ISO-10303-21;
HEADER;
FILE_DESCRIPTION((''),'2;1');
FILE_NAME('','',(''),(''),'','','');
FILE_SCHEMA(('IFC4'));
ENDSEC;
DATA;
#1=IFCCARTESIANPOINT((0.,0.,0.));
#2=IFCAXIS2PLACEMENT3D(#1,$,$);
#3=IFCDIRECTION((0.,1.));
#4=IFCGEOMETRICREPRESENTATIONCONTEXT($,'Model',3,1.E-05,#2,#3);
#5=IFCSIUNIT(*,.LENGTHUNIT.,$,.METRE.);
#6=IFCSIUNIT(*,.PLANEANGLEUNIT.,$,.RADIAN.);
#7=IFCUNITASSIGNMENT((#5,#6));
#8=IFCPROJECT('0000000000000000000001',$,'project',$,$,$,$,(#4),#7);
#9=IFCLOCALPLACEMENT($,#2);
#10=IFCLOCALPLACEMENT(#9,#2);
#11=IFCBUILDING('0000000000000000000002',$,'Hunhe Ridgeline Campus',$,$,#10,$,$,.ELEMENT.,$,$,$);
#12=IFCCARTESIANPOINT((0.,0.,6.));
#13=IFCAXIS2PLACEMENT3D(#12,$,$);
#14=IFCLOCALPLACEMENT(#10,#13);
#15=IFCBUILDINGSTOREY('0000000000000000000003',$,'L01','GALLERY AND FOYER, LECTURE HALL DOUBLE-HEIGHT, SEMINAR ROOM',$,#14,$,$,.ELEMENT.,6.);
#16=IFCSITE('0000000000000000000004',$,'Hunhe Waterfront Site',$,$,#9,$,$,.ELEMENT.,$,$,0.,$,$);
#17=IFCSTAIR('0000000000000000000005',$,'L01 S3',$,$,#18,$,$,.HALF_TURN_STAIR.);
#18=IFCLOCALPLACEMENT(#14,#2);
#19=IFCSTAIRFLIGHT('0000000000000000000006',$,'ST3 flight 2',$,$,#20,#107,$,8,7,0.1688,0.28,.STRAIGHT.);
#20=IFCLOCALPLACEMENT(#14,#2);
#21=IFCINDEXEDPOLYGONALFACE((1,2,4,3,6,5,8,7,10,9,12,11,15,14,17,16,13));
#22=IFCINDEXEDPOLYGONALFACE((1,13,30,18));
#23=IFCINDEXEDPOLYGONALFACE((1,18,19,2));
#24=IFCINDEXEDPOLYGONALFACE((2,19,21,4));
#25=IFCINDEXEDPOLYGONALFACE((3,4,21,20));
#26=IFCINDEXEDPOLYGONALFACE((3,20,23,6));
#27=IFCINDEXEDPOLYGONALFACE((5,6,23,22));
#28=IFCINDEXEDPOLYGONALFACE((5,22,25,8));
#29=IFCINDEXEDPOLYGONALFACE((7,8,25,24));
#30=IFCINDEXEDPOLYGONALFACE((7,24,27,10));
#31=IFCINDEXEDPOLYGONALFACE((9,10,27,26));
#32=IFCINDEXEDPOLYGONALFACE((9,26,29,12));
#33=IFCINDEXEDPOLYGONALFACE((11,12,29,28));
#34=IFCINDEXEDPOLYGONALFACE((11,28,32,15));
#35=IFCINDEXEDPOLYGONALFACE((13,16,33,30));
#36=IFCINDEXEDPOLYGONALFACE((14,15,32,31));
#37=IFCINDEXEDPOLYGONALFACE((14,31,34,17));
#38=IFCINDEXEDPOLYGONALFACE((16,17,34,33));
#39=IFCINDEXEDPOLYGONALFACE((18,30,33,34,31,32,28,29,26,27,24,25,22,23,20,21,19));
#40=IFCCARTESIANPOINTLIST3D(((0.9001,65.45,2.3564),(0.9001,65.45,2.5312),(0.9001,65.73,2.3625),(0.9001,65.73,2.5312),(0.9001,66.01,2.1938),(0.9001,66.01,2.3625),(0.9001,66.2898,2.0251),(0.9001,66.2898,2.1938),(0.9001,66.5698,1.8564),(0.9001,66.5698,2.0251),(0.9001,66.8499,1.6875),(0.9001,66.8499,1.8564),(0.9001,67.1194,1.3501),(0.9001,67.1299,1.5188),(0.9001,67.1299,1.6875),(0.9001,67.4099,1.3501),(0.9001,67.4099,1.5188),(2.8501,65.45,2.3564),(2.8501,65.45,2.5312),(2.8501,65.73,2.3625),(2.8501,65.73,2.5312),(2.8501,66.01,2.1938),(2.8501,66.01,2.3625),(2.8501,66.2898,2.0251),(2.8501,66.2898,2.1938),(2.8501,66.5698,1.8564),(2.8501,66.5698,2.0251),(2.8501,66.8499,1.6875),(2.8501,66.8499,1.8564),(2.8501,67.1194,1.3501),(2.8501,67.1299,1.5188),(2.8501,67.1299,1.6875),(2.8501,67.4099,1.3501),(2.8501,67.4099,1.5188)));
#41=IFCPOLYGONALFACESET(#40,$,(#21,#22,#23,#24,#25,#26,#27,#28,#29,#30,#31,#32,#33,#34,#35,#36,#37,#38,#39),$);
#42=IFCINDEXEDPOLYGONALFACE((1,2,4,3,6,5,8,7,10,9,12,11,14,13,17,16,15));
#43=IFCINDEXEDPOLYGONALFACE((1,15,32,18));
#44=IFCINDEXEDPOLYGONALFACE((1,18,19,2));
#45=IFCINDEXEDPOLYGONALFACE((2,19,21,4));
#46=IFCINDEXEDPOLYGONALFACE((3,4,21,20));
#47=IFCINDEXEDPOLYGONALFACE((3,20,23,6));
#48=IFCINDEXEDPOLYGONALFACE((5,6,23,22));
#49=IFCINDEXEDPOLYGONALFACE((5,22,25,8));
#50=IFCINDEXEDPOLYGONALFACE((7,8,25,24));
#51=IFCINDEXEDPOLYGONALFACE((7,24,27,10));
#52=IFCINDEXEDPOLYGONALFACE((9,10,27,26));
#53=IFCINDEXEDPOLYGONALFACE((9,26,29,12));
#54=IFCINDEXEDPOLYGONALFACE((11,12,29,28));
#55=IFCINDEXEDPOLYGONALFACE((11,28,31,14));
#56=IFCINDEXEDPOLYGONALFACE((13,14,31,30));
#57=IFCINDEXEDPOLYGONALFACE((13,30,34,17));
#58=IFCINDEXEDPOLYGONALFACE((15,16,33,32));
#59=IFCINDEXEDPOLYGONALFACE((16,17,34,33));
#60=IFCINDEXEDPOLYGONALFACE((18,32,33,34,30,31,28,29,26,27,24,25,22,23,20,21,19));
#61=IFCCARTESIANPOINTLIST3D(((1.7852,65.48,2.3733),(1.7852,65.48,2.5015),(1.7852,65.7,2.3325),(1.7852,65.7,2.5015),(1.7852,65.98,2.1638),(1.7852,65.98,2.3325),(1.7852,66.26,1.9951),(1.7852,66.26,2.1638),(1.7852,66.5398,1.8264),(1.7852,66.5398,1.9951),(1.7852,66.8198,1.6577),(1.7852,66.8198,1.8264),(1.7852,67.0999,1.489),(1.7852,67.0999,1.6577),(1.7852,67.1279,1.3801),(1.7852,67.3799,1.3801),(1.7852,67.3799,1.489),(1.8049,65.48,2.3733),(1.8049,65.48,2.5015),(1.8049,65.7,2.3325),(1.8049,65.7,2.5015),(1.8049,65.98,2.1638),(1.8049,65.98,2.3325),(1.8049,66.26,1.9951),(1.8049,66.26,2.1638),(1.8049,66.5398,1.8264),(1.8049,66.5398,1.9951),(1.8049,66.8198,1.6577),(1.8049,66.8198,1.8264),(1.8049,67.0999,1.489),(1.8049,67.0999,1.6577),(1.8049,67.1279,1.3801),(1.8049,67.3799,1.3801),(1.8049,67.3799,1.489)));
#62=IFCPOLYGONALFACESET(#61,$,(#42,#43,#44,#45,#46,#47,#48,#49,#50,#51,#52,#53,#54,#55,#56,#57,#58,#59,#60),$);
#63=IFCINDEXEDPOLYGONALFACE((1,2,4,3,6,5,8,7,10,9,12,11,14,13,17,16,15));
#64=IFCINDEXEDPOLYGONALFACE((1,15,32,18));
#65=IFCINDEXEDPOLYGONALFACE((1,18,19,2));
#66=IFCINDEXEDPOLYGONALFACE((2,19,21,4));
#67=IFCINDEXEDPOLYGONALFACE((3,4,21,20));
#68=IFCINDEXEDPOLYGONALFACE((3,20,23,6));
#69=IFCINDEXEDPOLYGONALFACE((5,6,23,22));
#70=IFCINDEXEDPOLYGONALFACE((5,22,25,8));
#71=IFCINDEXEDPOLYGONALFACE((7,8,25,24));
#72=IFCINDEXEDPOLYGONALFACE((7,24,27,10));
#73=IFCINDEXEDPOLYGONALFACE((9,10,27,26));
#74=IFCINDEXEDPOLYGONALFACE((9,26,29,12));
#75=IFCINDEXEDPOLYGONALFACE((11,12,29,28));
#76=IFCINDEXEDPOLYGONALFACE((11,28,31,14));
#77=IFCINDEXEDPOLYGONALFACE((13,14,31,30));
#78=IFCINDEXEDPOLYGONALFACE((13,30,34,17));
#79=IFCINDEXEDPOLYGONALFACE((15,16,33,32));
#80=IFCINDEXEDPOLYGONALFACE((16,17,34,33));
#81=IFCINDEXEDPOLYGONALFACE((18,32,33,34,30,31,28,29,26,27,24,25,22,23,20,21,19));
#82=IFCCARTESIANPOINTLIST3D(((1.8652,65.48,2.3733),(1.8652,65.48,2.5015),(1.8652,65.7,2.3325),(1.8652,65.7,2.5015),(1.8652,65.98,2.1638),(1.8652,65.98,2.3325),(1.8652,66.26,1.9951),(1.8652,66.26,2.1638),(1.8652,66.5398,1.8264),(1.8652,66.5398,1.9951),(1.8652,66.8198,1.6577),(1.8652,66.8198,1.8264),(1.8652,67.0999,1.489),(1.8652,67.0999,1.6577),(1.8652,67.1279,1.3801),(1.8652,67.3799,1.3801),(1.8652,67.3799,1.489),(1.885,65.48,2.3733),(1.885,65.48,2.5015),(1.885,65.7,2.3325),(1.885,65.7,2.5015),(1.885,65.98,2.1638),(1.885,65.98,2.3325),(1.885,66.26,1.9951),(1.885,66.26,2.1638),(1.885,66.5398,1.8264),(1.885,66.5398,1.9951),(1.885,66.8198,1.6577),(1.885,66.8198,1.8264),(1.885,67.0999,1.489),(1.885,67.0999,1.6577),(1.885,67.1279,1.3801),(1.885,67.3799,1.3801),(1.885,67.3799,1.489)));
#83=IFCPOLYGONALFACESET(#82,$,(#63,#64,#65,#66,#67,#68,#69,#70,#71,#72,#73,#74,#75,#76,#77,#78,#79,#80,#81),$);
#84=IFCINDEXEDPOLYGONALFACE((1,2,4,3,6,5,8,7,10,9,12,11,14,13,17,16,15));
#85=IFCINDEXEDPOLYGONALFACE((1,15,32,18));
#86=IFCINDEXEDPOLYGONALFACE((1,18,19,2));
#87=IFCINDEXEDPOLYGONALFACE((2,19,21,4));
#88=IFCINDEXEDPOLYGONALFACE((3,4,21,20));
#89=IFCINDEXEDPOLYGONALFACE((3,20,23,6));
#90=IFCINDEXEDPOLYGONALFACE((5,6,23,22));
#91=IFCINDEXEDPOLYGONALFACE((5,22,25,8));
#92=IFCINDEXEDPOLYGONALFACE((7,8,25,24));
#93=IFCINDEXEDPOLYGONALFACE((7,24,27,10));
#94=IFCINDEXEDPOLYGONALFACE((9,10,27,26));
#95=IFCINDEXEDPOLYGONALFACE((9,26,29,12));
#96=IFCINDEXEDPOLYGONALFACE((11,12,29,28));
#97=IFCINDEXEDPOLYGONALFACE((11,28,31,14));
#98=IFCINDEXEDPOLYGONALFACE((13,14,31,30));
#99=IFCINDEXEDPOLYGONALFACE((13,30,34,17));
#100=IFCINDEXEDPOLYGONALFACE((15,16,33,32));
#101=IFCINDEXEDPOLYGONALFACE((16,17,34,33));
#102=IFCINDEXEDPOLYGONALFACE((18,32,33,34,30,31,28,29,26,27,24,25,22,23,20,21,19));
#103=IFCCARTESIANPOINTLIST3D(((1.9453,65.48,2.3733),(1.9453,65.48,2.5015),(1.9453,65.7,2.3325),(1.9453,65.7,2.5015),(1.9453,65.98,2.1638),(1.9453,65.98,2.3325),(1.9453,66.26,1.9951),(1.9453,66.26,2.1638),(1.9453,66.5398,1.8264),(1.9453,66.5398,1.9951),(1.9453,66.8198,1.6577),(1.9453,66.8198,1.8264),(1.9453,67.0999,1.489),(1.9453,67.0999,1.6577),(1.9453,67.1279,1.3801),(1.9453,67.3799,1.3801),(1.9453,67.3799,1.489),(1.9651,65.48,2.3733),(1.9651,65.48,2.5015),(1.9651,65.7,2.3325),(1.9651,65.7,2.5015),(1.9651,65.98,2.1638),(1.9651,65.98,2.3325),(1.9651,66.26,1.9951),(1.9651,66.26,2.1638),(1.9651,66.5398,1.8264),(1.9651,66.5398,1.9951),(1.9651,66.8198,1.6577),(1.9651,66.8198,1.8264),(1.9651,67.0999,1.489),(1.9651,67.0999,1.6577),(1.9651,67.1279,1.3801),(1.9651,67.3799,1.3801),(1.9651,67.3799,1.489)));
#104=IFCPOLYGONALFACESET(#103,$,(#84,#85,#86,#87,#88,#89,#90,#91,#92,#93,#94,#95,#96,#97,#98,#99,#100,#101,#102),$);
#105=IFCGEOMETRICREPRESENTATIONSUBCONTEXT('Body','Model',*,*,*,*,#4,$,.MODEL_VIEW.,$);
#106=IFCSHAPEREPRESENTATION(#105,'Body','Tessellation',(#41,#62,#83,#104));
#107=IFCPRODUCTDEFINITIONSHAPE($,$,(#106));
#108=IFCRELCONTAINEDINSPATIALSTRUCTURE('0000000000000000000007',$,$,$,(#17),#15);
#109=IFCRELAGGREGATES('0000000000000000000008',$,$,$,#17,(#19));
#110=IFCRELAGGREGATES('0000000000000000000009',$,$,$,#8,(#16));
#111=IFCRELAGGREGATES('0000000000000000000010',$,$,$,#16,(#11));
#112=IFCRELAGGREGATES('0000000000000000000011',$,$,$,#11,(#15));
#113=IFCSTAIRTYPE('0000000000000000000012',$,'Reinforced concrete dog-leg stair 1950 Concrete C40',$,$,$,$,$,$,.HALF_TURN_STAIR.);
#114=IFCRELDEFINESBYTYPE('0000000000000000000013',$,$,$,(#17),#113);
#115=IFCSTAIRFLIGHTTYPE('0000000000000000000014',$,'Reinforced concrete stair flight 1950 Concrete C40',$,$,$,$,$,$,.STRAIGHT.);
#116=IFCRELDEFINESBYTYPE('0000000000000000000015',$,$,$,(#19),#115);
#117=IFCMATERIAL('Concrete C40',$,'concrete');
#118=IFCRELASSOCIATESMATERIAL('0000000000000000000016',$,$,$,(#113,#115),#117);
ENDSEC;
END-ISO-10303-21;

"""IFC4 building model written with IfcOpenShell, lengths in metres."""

from ifc_helpers import new_model, si_unit, direction, frame, origin, place, context, subcontext, project, spatial, polyline, outline, extrude, material, type_object, element, aggregate, save


model = new_model("IFC4")

# Units and contexts
model_context = context("Model", 3, precision=1e-05, world=origin(), true_north=direction((0.0, 1.0)))
body_context = subcontext(model_context, "Body", "Model", "MODEL_VIEW")
ifc_project = project(units=[si_unit("LENGTHUNIT", "METRE"), si_unit("PLANEANGLEUNIT", "RADIAN")], contexts=[model_context])

# Site, building, storey
site_placement = place(None, origin())
site = spatial("IfcSite", under=ifc_project, at=site_placement, Name="Hunhe Waterfront Site", CompositionType="ELEMENT", RefElevation=0.0)
building_placement = place(site_placement, origin())
building = spatial("IfcBuilding", under=site, at=building_placement, Name="Hunhe Ridgeline Campus", CompositionType="ELEMENT")
storey_placement = place(building_placement, frame((0.0, 0.0, 6.0)))
storey = spatial("IfcBuildingStorey", under=building, at=storey_placement, Name="L01", Description="GALLERY AND FOYER, LECTURE HALL DOUBLE-HEIGHT, SEMINAR ROOM", CompositionType="ELEMENT", Elevation=6.0)

# Stair, stair flight
ifc_material_1 = material(Name="Concrete C40", Category="concrete")
stair_type = type_object("IfcStairType", Name="Reinforced concrete dog-leg stair 1950 Concrete C40", PredefinedType="HALF_TURN_STAIR", material=ifc_material_1)
stair_1_placement = place(storey_placement, origin())
stair_1 = element("IfcStair", 1, at=stair_1_placement, inside=storey, type_object=stair_type, Name="L01 S3", PredefinedType="HALF_TURN_STAIR")
stair_flight_type = type_object("IfcStairFlightType", Name="Reinforced concrete stair flight 1950 Concrete C40", PredefinedType="STRAIGHT", material=ifc_material_1)
stair_flight_1_placement = place(storey_placement, frame((1.875, 67.4099, 1.3501), z_axis=(0.0, 0.0, 1.0), x_axis=(0.0, -1.0, 0.0)))
stair_flight_1 = element("IfcStairFlight", 2, at=stair_flight_1_placement, type_object=stair_flight_type, Name="ST3 flight 2", NumberOfRisers=8, NumberOfTreads=7, PredefinedType="STRAIGHT", RiserHeight=0.1688, TreadLength=0.28, context=body_context, shape_type="SweptSolid", body=[
    extrude(outline(polyline([(0.0, 0.0), (0.0, 0.1687), (0.28, 0.1687), (0.28, 0.3374), (0.5601, 0.3374), (0.5601, 0.5063), (0.8401, 0.5063), (0.8401, 0.675), (1.1201, 0.675), (1.1201, 0.8438), (1.3999, 0.8438), (1.3999, 1.0125), (1.6799, 1.0125), (1.6799, 1.1812), (1.96, 1.1812), (1.96, 1.3501), (1.96, 1.0063), (0.2905, 0.0), (0.0, 0.0)])), frame((0.0, 0.9751, 0.0), z_axis=(0.0, -1.0, 0.0), x_axis=(1.0, 0.0, 0.0)), (0.0, 0.0, 1.0), 1.95),
    extrude(outline(polyline([(0.03, 0.03), (0.03, 0.1389), (0.3101, 0.1389), (0.3101, 0.3076), (0.5901, 0.3076), (0.5901, 0.4763), (0.8701, 0.4763), (0.8701, 0.645), (1.1499, 0.645), (1.1499, 0.8137), (1.4299, 0.8137), (1.4299, 0.9824), (1.71, 0.9824), (1.71, 1.1514), (1.9299, 1.1514), (1.9299, 1.0232), (0.282, 0.03), (0.03, 0.03)])), frame((0.0, -0.0701, 0.0), z_axis=(0.0, -1.0, 0.0), x_axis=(1.0, 0.0, 0.0)), (0.0, 0.0, 1.0), 0.0198),
    extrude(outline(polyline([(0.03, 0.03), (0.03, 0.1389), (0.3101, 0.1389), (0.3101, 0.3076), (0.5901, 0.3076), (0.5901, 0.4763), (0.8701, 0.4763), (0.8701, 0.645), (1.1499, 0.645), (1.1499, 0.8137), (1.4299, 0.8137), (1.4299, 0.9824), (1.71, 0.9824), (1.71, 1.1514), (1.9299, 1.1514), (1.9299, 1.0232), (0.282, 0.03), (0.03, 0.03)])), frame((0.0, 0.01, 0.0), z_axis=(0.0, -1.0, 0.0), x_axis=(1.0, 0.0, 0.0)), (0.0, 0.0, 1.0), 0.0198),
    extrude(outline(polyline([(0.03, 0.03), (0.03, 0.1389), (0.3101, 0.1389), (0.3101, 0.3076), (0.5901, 0.3076), (0.5901, 0.4763), (0.8701, 0.4763), (0.8701, 0.645), (1.1499, 0.645), (1.1499, 0.8137), (1.4299, 0.8137), (1.4299, 0.9824), (1.71, 0.9824), (1.71, 1.1514), (1.9299, 1.1514), (1.9299, 1.0232), (0.282, 0.03), (0.03, 0.03)])), frame((0.0, 0.0901, 0.0), z_axis=(0.0, -1.0, 0.0), x_axis=(1.0, 0.0, 0.0)), (0.0, 0.0, 1.0), 0.0198),
])
aggregate(stair_1, [stair_flight_1])

save(model, "model.ifc")
